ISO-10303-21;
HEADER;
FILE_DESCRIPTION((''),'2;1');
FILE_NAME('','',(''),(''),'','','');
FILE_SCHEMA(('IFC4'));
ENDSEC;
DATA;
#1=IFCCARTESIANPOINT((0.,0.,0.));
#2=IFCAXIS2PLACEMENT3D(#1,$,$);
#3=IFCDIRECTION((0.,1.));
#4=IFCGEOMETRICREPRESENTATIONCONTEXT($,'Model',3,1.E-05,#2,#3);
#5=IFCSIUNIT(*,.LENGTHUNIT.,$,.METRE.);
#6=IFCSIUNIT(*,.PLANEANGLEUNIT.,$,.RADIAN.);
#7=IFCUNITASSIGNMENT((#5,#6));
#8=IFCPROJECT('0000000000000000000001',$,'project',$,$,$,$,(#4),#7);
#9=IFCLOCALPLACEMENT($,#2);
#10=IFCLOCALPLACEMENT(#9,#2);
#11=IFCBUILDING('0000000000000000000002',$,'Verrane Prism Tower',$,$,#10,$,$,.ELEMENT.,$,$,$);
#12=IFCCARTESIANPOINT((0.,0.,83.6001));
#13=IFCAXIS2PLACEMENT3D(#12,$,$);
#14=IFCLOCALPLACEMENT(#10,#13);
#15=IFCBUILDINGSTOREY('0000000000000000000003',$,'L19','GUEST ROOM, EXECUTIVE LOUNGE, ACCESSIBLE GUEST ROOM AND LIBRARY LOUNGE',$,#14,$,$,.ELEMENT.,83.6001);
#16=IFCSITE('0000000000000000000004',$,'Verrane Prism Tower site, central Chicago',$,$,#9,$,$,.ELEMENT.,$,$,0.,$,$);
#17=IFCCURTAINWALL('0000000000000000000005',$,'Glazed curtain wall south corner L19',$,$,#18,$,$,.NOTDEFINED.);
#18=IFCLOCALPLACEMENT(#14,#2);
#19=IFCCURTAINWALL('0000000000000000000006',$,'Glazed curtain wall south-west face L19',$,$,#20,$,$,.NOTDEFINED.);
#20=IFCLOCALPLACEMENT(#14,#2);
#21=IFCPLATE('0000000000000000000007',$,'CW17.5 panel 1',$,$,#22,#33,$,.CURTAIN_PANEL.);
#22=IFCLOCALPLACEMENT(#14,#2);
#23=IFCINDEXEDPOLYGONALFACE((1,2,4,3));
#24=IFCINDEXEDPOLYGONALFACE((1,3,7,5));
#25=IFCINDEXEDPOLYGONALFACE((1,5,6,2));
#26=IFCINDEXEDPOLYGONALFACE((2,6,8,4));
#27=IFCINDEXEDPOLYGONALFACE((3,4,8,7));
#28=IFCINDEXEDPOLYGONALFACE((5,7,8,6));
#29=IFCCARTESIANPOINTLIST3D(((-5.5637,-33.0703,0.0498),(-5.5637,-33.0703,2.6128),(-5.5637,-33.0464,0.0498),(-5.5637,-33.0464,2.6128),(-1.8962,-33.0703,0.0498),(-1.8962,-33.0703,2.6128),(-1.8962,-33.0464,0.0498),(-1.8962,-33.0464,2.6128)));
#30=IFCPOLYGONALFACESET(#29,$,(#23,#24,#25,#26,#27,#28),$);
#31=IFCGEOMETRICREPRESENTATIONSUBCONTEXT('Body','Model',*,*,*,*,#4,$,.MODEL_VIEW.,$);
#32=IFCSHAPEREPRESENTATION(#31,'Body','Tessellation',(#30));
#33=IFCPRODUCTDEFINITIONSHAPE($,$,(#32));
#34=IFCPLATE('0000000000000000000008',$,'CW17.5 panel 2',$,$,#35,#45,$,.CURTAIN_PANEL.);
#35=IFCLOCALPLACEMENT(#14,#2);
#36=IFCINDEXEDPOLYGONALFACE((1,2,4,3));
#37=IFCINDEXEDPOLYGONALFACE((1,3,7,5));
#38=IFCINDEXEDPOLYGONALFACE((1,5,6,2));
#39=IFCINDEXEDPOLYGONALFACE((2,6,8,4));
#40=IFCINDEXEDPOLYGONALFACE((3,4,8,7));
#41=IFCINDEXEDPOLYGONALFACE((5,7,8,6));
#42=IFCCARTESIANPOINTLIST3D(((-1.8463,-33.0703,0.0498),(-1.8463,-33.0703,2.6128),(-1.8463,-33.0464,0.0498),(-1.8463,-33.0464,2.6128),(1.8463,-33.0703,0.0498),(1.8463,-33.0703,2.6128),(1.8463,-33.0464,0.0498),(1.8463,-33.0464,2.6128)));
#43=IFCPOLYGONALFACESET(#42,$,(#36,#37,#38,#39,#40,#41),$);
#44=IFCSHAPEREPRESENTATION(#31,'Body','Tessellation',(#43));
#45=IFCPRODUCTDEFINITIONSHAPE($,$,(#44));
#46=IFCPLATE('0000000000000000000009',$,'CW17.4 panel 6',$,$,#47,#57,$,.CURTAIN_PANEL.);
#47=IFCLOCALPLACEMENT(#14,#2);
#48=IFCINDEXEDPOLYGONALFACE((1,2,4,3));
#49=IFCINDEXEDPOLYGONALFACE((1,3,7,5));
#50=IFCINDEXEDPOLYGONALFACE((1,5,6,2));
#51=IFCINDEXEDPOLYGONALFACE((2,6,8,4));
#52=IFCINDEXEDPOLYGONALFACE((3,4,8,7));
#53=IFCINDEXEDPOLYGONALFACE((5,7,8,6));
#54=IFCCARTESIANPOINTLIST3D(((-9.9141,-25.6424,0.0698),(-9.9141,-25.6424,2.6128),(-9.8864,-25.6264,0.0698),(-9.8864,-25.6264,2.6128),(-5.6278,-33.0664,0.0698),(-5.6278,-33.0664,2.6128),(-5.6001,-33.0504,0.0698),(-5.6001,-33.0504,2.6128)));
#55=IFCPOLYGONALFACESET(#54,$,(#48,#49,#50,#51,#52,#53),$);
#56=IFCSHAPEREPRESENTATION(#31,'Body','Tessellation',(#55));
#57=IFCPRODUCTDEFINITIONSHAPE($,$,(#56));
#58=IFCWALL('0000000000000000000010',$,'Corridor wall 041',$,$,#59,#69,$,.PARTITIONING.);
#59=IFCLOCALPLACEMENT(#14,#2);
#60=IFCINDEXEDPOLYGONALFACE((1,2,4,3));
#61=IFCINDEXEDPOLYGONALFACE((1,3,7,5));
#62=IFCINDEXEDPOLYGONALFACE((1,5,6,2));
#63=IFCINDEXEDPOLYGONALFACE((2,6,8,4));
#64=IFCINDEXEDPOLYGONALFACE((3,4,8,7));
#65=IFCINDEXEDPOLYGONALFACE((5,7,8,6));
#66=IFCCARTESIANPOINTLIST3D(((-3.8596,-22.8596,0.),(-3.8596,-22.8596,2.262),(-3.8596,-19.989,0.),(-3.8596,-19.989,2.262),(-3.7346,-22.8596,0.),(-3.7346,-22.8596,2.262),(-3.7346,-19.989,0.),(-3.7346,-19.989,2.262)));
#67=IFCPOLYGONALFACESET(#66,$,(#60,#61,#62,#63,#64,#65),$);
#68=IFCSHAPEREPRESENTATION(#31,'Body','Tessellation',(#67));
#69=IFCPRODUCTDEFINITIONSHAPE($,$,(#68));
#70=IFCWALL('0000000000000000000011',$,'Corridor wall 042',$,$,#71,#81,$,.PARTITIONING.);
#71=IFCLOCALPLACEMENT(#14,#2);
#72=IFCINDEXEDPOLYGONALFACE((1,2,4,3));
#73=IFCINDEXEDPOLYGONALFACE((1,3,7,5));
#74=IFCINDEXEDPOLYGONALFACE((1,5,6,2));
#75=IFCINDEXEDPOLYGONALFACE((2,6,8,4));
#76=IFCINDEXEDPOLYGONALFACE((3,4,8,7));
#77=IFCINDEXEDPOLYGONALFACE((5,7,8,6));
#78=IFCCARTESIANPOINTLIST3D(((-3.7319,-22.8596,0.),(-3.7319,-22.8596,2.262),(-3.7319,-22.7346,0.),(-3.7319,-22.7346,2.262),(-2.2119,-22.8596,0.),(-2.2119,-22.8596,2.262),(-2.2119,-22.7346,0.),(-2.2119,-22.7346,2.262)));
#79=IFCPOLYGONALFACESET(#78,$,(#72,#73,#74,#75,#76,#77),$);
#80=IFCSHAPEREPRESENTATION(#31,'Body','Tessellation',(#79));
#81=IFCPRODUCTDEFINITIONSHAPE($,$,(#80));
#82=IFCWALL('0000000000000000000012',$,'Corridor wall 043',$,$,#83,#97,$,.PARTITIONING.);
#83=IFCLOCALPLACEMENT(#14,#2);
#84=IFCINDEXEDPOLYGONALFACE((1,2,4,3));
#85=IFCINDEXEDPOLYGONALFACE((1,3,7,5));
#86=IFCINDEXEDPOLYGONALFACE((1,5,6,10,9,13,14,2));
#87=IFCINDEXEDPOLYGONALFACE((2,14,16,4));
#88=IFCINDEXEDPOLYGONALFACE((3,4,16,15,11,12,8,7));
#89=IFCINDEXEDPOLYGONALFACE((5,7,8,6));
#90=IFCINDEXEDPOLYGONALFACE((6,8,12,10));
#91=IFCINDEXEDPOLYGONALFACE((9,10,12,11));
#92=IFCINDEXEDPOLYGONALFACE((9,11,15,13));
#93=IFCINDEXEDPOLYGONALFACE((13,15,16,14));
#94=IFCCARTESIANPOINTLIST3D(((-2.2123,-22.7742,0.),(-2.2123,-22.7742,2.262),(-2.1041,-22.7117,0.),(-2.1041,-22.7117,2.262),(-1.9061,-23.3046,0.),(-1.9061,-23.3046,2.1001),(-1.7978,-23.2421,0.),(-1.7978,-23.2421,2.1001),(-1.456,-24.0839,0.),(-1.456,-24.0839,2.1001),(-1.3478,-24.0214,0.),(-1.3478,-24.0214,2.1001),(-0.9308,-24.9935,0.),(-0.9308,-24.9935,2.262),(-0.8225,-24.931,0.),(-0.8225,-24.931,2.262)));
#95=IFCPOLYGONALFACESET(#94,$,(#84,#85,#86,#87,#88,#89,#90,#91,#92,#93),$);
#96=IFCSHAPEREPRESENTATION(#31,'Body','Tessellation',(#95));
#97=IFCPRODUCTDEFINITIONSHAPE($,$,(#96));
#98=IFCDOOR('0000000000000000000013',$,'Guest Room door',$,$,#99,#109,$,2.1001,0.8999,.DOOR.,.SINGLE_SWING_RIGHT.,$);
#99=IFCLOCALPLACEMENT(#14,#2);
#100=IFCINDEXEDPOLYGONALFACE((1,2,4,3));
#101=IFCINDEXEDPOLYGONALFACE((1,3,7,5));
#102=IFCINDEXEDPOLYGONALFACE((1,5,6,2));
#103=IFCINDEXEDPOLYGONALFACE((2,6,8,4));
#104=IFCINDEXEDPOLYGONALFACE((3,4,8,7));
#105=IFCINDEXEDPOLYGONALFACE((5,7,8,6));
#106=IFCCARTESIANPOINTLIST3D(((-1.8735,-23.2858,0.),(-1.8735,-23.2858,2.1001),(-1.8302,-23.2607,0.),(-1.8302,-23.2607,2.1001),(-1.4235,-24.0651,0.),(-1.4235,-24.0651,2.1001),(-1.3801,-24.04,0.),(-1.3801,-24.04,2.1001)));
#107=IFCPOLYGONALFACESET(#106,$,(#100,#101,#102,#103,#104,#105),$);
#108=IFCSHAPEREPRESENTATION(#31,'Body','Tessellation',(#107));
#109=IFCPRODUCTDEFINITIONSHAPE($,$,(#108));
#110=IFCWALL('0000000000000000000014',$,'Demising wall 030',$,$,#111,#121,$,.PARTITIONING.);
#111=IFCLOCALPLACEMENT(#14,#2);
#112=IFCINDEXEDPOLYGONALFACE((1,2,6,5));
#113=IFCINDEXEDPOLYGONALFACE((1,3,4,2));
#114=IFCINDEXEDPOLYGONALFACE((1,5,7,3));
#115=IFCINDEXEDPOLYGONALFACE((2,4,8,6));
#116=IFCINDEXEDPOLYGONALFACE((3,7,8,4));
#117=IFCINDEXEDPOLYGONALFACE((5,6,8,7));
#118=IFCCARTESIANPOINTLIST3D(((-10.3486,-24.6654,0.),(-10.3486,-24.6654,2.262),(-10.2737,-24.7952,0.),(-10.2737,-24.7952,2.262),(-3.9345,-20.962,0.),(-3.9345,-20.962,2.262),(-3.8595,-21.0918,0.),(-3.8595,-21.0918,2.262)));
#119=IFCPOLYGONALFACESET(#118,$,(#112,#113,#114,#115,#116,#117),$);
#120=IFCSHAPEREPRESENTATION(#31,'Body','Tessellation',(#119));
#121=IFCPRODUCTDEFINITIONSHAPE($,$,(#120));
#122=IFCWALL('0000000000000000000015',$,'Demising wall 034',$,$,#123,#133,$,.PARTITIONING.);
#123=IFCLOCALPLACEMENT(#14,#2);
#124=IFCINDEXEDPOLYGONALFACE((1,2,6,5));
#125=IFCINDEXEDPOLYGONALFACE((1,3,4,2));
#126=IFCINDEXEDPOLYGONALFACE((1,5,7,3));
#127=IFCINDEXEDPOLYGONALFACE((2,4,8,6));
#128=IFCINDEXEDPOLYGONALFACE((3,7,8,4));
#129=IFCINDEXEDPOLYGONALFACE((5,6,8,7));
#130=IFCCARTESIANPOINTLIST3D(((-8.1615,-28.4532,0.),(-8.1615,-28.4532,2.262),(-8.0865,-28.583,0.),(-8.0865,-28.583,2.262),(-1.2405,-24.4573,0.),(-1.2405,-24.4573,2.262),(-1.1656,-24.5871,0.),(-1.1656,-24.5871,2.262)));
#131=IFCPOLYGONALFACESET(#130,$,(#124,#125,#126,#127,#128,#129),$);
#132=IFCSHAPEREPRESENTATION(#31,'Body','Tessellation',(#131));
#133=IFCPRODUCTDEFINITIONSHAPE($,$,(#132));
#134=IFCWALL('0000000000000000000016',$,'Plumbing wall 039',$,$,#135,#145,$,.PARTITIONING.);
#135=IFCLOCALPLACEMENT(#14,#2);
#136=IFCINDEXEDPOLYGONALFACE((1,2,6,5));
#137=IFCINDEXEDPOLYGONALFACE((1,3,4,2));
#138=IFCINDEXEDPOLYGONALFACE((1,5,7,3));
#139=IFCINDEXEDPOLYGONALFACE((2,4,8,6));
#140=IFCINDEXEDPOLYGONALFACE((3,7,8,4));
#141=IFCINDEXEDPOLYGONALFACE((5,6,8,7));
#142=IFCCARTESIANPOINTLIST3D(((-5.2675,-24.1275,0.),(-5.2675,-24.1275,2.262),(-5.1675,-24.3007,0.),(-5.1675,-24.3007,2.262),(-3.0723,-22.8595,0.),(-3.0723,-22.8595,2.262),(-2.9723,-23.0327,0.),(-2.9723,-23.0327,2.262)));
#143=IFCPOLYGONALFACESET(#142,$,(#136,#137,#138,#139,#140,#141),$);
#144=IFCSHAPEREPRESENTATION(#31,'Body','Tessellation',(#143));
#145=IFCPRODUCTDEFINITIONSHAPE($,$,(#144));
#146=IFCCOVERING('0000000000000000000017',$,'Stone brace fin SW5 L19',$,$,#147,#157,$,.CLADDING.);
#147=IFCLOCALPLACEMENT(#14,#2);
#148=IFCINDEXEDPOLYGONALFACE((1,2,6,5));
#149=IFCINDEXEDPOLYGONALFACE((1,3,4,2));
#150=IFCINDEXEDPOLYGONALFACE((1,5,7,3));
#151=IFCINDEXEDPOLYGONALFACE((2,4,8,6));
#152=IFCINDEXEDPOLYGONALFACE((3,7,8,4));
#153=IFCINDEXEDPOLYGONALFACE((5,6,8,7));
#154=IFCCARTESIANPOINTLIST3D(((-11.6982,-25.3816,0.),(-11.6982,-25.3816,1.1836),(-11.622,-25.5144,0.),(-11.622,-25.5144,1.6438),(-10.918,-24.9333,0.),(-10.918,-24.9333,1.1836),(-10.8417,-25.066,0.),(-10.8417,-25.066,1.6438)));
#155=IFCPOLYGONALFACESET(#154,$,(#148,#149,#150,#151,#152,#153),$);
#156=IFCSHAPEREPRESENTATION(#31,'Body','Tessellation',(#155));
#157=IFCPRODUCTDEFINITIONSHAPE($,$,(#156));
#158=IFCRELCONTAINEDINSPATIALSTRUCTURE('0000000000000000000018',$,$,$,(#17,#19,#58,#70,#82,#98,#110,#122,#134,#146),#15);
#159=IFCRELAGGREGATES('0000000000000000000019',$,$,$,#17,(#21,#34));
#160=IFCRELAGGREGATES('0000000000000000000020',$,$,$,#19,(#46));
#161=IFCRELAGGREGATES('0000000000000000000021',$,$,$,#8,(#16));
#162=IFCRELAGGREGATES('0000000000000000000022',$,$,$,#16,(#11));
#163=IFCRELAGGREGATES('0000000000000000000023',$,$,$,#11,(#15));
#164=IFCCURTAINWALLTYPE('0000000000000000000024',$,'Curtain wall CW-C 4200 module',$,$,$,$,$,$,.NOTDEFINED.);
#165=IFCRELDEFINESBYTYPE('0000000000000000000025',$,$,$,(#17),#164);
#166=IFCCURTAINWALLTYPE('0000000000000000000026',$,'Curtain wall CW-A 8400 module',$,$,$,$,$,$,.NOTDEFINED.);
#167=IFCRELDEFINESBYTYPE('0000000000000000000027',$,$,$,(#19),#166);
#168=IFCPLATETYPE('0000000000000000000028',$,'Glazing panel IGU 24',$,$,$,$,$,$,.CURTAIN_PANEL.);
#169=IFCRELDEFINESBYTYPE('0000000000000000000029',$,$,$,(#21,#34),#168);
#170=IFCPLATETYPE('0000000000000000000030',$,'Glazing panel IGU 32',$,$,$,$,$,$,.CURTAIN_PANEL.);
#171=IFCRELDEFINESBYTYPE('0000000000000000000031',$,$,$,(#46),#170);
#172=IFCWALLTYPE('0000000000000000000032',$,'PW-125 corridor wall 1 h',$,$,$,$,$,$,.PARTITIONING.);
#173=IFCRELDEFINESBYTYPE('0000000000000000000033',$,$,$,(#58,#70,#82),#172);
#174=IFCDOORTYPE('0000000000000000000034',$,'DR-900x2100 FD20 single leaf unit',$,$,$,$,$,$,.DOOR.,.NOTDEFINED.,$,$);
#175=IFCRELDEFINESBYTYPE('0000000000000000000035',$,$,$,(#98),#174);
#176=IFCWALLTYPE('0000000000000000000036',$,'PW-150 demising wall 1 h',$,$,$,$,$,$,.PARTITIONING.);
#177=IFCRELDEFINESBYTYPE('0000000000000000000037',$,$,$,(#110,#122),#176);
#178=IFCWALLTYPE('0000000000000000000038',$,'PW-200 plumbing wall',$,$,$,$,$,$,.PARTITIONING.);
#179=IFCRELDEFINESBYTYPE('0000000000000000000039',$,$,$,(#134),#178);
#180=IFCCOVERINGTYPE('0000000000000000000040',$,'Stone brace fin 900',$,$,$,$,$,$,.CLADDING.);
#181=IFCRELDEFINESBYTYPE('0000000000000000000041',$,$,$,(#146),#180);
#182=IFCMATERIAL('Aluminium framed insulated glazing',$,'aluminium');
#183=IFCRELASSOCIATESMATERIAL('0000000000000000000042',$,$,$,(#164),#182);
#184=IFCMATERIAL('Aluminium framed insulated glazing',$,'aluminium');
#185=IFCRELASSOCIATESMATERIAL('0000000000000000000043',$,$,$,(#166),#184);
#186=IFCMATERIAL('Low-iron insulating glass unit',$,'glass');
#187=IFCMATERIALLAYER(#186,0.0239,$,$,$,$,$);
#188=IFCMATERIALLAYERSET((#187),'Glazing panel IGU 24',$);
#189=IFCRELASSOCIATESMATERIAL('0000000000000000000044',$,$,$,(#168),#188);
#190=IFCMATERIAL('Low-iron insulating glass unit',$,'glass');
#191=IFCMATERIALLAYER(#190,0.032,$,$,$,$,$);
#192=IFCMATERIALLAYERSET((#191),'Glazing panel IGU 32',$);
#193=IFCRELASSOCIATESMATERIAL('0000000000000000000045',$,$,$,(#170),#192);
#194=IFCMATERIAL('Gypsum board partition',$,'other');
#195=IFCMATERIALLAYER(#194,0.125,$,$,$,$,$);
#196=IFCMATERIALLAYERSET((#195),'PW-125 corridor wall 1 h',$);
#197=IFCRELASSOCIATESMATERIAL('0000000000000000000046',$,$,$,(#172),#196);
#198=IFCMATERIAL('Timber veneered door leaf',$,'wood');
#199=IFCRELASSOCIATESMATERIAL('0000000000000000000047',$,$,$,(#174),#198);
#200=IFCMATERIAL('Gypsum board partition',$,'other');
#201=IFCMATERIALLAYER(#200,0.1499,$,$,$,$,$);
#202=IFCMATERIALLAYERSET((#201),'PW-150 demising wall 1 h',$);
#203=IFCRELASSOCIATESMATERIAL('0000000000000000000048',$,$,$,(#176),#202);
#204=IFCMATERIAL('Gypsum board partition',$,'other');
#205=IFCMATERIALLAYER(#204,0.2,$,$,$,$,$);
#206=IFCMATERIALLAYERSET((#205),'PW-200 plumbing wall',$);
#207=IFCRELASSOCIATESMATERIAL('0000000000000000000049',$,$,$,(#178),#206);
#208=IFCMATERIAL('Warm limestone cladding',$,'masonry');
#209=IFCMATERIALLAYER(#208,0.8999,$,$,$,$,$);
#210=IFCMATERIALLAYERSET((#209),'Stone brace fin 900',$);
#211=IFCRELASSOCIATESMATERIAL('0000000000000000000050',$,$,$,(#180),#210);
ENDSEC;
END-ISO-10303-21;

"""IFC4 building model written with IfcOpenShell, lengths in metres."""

from ifc_helpers import new_model, si_unit, direction, frame, frame_2d, origin, origin_2d, place, context, subcontext, project, spatial, polyline, rectangle, outline, extrude, material, layer, layer_set, type_object, element, fill, aggregate, save


model = new_model("IFC4")

# Units and contexts
model_context = context("Model", 3, precision=1e-05, world=origin(), true_north=direction((0.0, 1.0)))
body_context = subcontext(model_context, "Body", "Model", "MODEL_VIEW")
ifc_project = project(units=[si_unit("LENGTHUNIT", "METRE"), si_unit("PLANEANGLEUNIT", "RADIAN")], contexts=[model_context])

# Site, building, storey
site_placement = place(None, origin())
site = spatial("IfcSite", under=ifc_project, at=site_placement, Name="Verrane Prism Tower site, central Chicago", CompositionType="ELEMENT", RefElevation=0.0)
building_placement = place(site_placement, origin())
building = spatial("IfcBuilding", under=site, at=building_placement, Name="Verrane Prism Tower", CompositionType="ELEMENT")
storey_placement = place(building_placement, frame((0.0, 0.0, 83.6001)))
storey = spatial("IfcBuildingStorey", under=building, at=storey_placement, Name="L19", Description="GUEST ROOM, EXECUTIVE LOUNGE, ACCESSIBLE GUEST ROOM AND LIBRARY LOUNGE", CompositionType="ELEMENT", Elevation=83.6001)

# Curtain wall
ifc_material_1 = material(Name="Aluminium framed insulated glazing", Category="aluminium")
curtain_wall_type_1 = type_object("IfcCurtainWallType", Name="Curtain wall CW-C 4200 module", PredefinedType="NOTDEFINED", material=ifc_material_1)
curtain_wall_1_placement = place(storey_placement, origin())
curtain_wall_1 = element("IfcCurtainWall", 1, at=curtain_wall_1_placement, inside=storey, type_object=curtain_wall_type_1, Name="Glazed curtain wall south corner L19", PredefinedType="NOTDEFINED")

# Curtain wall
ifc_material_2 = material(Name="Aluminium framed insulated glazing", Category="aluminium")
curtain_wall_type_2 = type_object("IfcCurtainWallType", Name="Curtain wall CW-A 8400 module", PredefinedType="NOTDEFINED", material=ifc_material_2)
curtain_wall_2_placement = place(storey_placement, origin())
curtain_wall_2 = element("IfcCurtainWall", 2, at=curtain_wall_2_placement, inside=storey, type_object=curtain_wall_type_2, Name="Glazed curtain wall south-west face L19", PredefinedType="NOTDEFINED")

# Plates
ifc_material_3 = material(Name="Low-iron insulating glass unit", Category="glass")
ifc_layer_1 = layer(ifc_material_3, 0.0239)
ifc_layer_set_1 = layer_set([ifc_layer_1], Name="Glazing panel IGU 24")
plate_type_1 = type_object("IfcPlateType", Name="Glazing panel IGU 24", PredefinedType="CURTAIN_PANEL", material=ifc_layer_set_1)
plate_1_placement = place(storey_placement, frame((-3.73, -33.0583, 0.0498), z_axis=(0.0, 0.0, 1.0), x_axis=(1.0, 0.0, 0.0)))
plate_1 = element("IfcPlate", 3, at=plate_1_placement, type_object=plate_type_1, Name="CW17.5 panel 1", PredefinedType="CURTAIN_PANEL", context=body_context, shape_type="SweptSolid", body=[
    extrude(rectangle(XDim=3.6675, YDim=0.0239, at=origin_2d()), origin(), (0.0, 0.0, 1.0), 2.563),
])
plate_2_placement = place(storey_placement, frame((0.0, -33.0583, 0.0498), z_axis=(0.0, 0.0, 1.0), x_axis=(1.0, 0.0, 0.0)))
plate_2 = element("IfcPlate", 4, at=plate_2_placement, type_object=plate_type_1, Name="CW17.5 panel 2", PredefinedType="CURTAIN_PANEL", context=body_context, shape_type="SweptSolid", body=[
    extrude(rectangle(XDim=3.6926, YDim=0.0239, at=origin_2d()), origin(), (0.0, 0.0, 1.0), 2.563),
])
aggregate(curtain_wall_1, [plate_1, plate_2])
ifc_material_4 = material(Name="Low-iron insulating glass unit", Category="glass")
ifc_layer_2 = layer(ifc_material_4, 0.032)
ifc_layer_set_2 = layer_set([ifc_layer_2], Name="Glazing panel IGU 32")
plate_type_2 = type_object("IfcPlateType", Name="Glazing panel IGU 32", PredefinedType="CURTAIN_PANEL", material=ifc_layer_set_2)
plate_3_placement = place(storey_placement, frame((-7.7571, -29.3464, 0.0698), z_axis=(0.0, 0.0, 1.0), x_axis=(0.499999, -0.866026, 0.0)))
plate_3 = element("IfcPlate", 5, at=plate_3_placement, type_object=plate_type_2, Name="CW17.4 panel 6", PredefinedType="CURTAIN_PANEL", context=body_context, shape_type="SweptSolid", body=[
    extrude(rectangle(XDim=8.5725, YDim=0.032, at=origin_2d()), origin(), (0.0, 0.0, 1.0), 2.543),
])
aggregate(curtain_wall_2, [plate_3])

# Walls
ifc_material_5 = material(Name="Gypsum board partition", Category="other")
ifc_layer_3 = layer(ifc_material_5, 0.125)
ifc_layer_set_3 = layer_set([ifc_layer_3], Name="PW-125 corridor wall 1 h")
wall_type_1 = type_object("IfcWallType", Name="PW-125 corridor wall 1 h", PredefinedType="PARTITIONING", material=ifc_layer_set_3)
wall_1_placement = place(storey_placement, frame((-3.7971, -22.8596, 0.0), z_axis=(0.0, 0.0, 1.0), x_axis=(0.0, 1.0, 0.0)))
element("IfcWall", 6, at=wall_1_placement, inside=storey, type_object=wall_type_1, Name="Corridor wall 041", PredefinedType="PARTITIONING", context=body_context, shape_type="SweptSolid", body=[
    extrude(rectangle(XDim=2.8706, YDim=0.125, at=frame_2d((1.4353, 0.0))), origin(), (0.0, 0.0, 1.0), 2.262),
])
wall_2_placement = place(storey_placement, frame((-3.7319, -22.7971, 0.0), z_axis=(0.0, 0.0, 1.0), x_axis=(1.0, 0.0, 0.0)))
element("IfcWall", 7, at=wall_2_placement, inside=storey, type_object=wall_type_1, Name="Corridor wall 042", PredefinedType="PARTITIONING", context=body_context, shape_type="SweptSolid", body=[
    extrude(rectangle(XDim=1.52, YDim=0.125, at=frame_2d((0.76, 0.0))), origin(), (0.0, 0.0, 1.0), 2.262),
])

# Wall, opening, door
wall_3_placement = place(storey_placement, frame((-0.8767, -24.9622, 0.0), z_axis=(0.0, 0.0, 1.0), x_axis=(-0.500063, 0.865989, 0.0)))
wall_3 = element("IfcWall", 8, at=wall_3_placement, inside=storey, type_object=wall_type_1, Name="Corridor wall 043", PredefinedType="PARTITIONING", context=body_context, shape_type="SweptSolid", body=[
    extrude(rectangle(XDim=2.5627, YDim=0.125, at=frame_2d((1.2812, 0.0))), origin(), (0.0, 0.0, 1.0), 2.262),
])
opening_placement = place(wall_3_placement, frame((1.0503, 0.0, 0.0)))
opening = element("IfcOpeningElement", 9, at=opening_placement, cuts=wall_3, PredefinedType="OPENING", context=body_context, shape_type="SweptSolid", body=[
    extrude(rectangle(XDim=0.8999, YDim=2.1001, at=frame_2d((0.45, 1.05))), frame((0.0, 0.0725, 0.0), z_axis=(0.0, -1.0, 0.0), x_axis=(1.0, 0.0, 0.0)), (0.0, 0.0, 1.0), 0.145),
])
ifc_material_6 = material(Name="Timber veneered door leaf", Category="wood")
door_type = type_object("IfcDoorType", Name="DR-900x2100 FD20 single leaf unit", OperationType="NOTDEFINED", PredefinedType="DOOR", material=ifc_material_6)
door_placement = place(opening_placement, origin())
door = element("IfcDoor", 10, at=door_placement, inside=storey, type_object=door_type, Name="Guest Room door", OperationType="SINGLE_SWING_RIGHT", OverallHeight=2.1001, OverallWidth=0.8999, PredefinedType="DOOR", context=body_context, shape_type="SweptSolid", body=[
    extrude(rectangle(XDim=0.8999, YDim=2.1001, at=frame_2d((0.45, 1.05))), frame((0.0, 0.0249, 0.0), z_axis=(0.0, -1.0, 0.0), x_axis=(1.0, 0.0, 0.0)), (0.0, 0.0, 1.0), 0.05),
])
fill(opening, door)

# Walls
ifc_material_7 = material(Name="Gypsum board partition", Category="other")
ifc_layer_4 = layer(ifc_material_7, 0.1499)
ifc_layer_set_4 = layer_set([ifc_layer_4], Name="PW-150 demising wall 1 h")
wall_type_2 = type_object("IfcWallType", Name="PW-150 demising wall 1 h", PredefinedType="PARTITIONING", material=ifc_layer_set_4)
wall_4_placement = place(storey_placement, frame((-10.311, -24.7302, 0.0), z_axis=(0.0, 0.0, 1.0), x_axis=(0.866013, 0.500021, 0.0)))
element("IfcWall", 11, at=wall_4_placement, inside=storey, type_object=wall_type_2, Name="Demising wall 030", PredefinedType="PARTITIONING", context=body_context, shape_type="SweptSolid", body=[
    extrude(rectangle(XDim=7.4065, YDim=0.1499, at=frame_2d((3.7031, 0.0))), origin(), (0.0, 0.0, 1.0), 2.262),
])
wall_5_placement = place(storey_placement, frame((-8.124, -28.5181, 0.0), z_axis=(0.0, 0.0, 1.0), x_axis=(0.866022, 0.500006, 0.0)))
element("IfcWall", 12, at=wall_5_placement, inside=storey, type_object=wall_type_2, Name="Demising wall 034", PredefinedType="PARTITIONING", context=body_context, shape_type="SweptSolid", body=[
    extrude(rectangle(XDim=7.9917, YDim=0.1499, at=frame_2d((3.9958, 0.0))), origin(), (0.0, 0.0, 1.0), 2.262),
])
ifc_material_8 = material(Name="Gypsum board partition", Category="other")
ifc_layer_5 = layer(ifc_material_8, 0.2)
ifc_layer_set_5 = layer_set([ifc_layer_5], Name="PW-200 plumbing wall")
wall_type_3 = type_object("IfcWallType", Name="PW-200 plumbing wall", PredefinedType="PARTITIONING", material=ifc_layer_set_5)
wall_6_placement = place(storey_placement, frame((-5.2175, -24.2141, 0.0), z_axis=(0.0, 0.0, 1.0), x_axis=(0.865923, 0.500178, 0.0)))
element("IfcWall", 13, at=wall_6_placement, inside=storey, type_object=wall_type_3, Name="Plumbing wall 039", PredefinedType="PARTITIONING", context=body_context, shape_type="SweptSolid", body=[
    extrude(rectangle(XDim=2.5352, YDim=0.2, at=frame_2d((1.2676, 0.0))), origin(), (0.0, 0.0, 1.0), 2.262),
])

# Covering
ifc_material_9 = material(Name="Warm limestone cladding", Category="masonry")
ifc_layer_6 = layer(ifc_material_9, 0.8999)
ifc_layer_set_6 = layer_set([ifc_layer_6], Name="Stone brace fin 900")
covering_type = type_object("IfcCoveringType", Name="Stone brace fin 900", PredefinedType="CLADDING", material=ifc_layer_set_6)
covering_placement = place(storey_placement, frame((-11.3081, -25.1575, 0.0), z_axis=(0.0, 0.0, 1.0), x_axis=(0.498201, -0.867062, 0.0)))
element("IfcCovering", 14, at=covering_placement, inside=storey, type_object=covering_type, Name="Stone brace fin SW5 L19", PredefinedType="CLADDING", context=body_context, shape_type="SweptSolid", body=[
    extrude(outline(polyline([(0.0, 0.0), (0.1531, 0.0), (0.1531, 1.6438), (0.0, 1.1836), (0.0, 0.0)])), frame((0.0, 0.45, 0.0), z_axis=(0.0, -1.0, 0.0), x_axis=(1.0, 0.0, 0.0)), (0.0, 0.0, 1.0), 0.8999),
])

save(model, "model.ifc")
